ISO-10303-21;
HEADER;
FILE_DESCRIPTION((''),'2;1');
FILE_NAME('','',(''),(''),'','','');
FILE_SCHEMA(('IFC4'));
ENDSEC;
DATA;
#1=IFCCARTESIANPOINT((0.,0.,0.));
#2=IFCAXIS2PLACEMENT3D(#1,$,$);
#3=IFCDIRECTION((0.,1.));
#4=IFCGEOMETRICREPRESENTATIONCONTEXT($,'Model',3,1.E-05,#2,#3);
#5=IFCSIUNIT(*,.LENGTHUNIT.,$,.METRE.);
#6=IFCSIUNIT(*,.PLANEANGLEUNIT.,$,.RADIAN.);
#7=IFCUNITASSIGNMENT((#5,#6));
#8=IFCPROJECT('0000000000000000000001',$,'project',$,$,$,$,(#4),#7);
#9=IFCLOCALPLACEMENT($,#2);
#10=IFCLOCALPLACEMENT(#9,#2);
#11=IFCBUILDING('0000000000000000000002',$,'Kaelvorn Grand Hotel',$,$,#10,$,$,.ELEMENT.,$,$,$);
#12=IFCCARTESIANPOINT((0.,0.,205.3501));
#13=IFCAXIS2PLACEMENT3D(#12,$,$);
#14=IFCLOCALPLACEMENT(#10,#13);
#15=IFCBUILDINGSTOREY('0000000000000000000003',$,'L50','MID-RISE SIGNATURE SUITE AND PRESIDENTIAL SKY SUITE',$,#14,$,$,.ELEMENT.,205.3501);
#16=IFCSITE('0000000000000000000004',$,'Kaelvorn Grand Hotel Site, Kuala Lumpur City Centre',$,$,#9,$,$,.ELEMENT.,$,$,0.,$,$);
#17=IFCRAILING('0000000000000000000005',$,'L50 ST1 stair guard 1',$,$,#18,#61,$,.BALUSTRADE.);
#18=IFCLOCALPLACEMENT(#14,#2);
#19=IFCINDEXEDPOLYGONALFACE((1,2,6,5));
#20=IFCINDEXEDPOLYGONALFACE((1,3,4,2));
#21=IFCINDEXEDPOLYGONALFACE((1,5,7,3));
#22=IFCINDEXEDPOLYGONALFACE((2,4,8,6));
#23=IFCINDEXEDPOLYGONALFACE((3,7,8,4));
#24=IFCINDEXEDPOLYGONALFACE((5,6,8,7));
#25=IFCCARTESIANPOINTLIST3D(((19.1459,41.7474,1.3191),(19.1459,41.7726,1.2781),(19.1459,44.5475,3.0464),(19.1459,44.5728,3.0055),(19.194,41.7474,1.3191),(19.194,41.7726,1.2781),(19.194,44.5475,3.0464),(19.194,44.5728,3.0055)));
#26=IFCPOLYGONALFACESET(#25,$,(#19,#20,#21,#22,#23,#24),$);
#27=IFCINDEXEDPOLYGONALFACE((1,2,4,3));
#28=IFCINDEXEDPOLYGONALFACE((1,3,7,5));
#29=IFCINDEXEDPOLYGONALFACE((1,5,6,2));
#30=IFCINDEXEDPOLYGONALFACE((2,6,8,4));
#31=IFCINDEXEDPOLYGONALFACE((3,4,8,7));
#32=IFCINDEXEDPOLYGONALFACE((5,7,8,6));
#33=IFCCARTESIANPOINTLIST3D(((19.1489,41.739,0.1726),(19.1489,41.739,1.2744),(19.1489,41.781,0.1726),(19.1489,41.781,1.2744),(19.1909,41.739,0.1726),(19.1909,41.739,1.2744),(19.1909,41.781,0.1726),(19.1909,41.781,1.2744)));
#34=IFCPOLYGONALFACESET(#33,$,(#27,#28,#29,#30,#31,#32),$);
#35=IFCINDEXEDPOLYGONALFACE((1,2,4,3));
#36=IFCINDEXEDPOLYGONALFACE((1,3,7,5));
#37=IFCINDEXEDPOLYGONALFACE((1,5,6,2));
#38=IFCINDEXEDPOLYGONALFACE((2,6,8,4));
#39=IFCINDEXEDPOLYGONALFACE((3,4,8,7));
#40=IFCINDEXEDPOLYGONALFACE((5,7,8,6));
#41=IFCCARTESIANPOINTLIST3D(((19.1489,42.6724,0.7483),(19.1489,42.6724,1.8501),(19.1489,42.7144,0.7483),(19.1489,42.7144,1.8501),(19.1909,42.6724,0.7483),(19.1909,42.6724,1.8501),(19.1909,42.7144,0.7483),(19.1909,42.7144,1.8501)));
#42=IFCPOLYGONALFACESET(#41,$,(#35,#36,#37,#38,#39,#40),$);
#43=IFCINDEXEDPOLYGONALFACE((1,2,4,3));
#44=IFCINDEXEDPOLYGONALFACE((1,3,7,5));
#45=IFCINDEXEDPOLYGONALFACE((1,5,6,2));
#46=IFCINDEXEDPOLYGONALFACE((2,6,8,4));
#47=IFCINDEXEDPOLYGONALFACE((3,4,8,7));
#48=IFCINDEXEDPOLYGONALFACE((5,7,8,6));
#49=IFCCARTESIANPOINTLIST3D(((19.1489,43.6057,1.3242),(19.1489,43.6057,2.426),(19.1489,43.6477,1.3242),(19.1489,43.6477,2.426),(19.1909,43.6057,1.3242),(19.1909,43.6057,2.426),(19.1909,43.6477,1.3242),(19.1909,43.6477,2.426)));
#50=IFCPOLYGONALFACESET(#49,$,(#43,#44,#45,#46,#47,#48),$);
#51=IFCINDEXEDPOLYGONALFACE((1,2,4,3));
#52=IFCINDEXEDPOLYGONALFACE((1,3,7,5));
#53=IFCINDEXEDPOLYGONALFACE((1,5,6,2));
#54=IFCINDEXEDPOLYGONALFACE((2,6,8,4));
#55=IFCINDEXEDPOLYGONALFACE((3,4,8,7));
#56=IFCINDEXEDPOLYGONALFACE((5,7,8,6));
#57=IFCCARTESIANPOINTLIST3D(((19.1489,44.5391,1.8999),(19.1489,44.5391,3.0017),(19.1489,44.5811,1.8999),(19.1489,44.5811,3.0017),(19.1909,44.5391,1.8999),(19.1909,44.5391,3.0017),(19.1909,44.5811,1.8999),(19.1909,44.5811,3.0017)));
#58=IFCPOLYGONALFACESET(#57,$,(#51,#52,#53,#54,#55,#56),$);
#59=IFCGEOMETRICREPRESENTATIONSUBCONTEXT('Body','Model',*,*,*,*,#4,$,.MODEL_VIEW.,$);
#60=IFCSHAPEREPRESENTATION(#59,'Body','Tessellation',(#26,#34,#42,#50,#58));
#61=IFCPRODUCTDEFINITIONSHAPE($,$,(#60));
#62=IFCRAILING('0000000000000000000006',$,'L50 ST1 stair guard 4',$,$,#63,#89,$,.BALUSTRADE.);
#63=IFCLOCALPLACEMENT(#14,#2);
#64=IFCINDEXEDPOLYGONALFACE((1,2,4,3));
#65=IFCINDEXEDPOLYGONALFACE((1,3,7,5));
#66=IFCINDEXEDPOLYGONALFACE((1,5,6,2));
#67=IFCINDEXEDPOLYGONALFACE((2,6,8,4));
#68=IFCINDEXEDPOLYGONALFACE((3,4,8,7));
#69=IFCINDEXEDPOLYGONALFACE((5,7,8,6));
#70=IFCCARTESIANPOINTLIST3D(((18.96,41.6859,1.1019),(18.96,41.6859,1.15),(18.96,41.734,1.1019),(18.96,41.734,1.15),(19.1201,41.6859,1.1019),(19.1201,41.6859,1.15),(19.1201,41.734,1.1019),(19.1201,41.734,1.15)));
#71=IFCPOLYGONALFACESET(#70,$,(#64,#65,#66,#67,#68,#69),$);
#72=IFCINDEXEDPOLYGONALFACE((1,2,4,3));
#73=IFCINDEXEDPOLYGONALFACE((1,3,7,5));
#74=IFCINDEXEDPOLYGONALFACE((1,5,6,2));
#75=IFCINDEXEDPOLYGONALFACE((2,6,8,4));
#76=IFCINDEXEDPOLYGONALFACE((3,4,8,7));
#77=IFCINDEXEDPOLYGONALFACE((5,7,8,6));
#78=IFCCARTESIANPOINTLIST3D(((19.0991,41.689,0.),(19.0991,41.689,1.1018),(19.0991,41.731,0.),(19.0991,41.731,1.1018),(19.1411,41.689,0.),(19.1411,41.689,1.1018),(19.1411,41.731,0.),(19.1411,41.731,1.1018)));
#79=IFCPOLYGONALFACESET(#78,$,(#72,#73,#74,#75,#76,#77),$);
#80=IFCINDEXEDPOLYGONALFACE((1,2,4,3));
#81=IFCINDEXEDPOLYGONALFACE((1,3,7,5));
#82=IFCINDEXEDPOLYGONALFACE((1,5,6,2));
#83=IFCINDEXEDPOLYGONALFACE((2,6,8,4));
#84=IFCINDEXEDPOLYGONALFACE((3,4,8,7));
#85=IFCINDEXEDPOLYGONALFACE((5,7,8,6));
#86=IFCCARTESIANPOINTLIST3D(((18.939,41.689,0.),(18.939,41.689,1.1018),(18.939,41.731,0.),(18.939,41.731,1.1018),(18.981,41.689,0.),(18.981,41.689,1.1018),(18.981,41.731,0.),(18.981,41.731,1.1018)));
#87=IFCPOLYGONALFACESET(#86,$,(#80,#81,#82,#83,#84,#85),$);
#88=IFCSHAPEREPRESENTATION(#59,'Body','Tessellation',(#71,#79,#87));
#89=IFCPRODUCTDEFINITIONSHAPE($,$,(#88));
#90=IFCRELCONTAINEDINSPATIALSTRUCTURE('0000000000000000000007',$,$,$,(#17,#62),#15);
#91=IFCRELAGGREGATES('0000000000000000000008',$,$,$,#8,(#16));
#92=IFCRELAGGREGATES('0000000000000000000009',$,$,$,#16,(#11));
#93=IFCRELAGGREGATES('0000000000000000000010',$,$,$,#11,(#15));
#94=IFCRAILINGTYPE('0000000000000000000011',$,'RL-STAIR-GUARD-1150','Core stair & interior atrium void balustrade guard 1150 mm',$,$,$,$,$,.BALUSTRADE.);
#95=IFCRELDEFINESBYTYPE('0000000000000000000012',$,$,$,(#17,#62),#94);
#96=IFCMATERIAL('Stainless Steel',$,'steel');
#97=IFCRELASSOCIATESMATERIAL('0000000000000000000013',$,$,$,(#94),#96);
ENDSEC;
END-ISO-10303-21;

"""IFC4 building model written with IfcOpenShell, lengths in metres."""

from ifc_helpers import new_model, si_unit, direction, frame, origin, origin_2d, place, context, subcontext, project, spatial, rectangle, extrude, material, type_object, element, save


model = new_model("IFC4")

# Units and contexts
model_context = context("Model", 3, precision=1e-05, world=origin(), true_north=direction((0.0, 1.0)))
body_context = subcontext(model_context, "Body", "Model", "MODEL_VIEW")
ifc_project = project(units=[si_unit("LENGTHUNIT", "METRE"), si_unit("PLANEANGLEUNIT", "RADIAN")], contexts=[model_context])

# Site, building, storey
site_placement = place(None, origin())
site = spatial("IfcSite", under=ifc_project, at=site_placement, Name="Kaelvorn Grand Hotel Site, Kuala Lumpur City Centre", CompositionType="ELEMENT", RefElevation=0.0)
building_placement = place(site_placement, origin())
building = spatial("IfcBuilding", under=site, at=building_placement, Name="Kaelvorn Grand Hotel", CompositionType="ELEMENT")
storey_placement = place(building_placement, frame((0.0, 0.0, 205.3501)))
storey = spatial("IfcBuildingStorey", under=building, at=storey_placement, Name="L50", Description="MID-RISE SIGNATURE SUITE AND PRESIDENTIAL SKY SUITE", CompositionType="ELEMENT", Elevation=205.3501)

# Shared definitions
ifc_material_1 = material(Name="Stainless Steel", Category="steel")

# Railings
railing_type = type_object("IfcRailingType", Name="RL-STAIR-GUARD-1150", Description="Core stair & interior atrium void balustrade guard 1150 mm", PredefinedType="BALUSTRADE", material=ifc_material_1)
railing_1_placement = place(storey_placement, frame((19.1699, 41.76, 0.1726)))
element("IfcRailing", 1, at=railing_1_placement, inside=storey, type_object=railing_type, Name="L50 ST1 stair guard 1", PredefinedType="BALUSTRADE", context=body_context, shape_type="SweptSolid", body=[
    extrude(rectangle(XDim=0.0481, YDim=0.0481, at=origin_2d()), frame((0.0, 0.0, 1.126), z_axis=(0.0, 0.85109, 0.52502), x_axis=(-1.0, 0.0, 0.0)), (0.0, 0.0, 1.0), 3.29),
    extrude(rectangle(XDim=0.042, YDim=0.042, at=origin_2d()), origin(), (0.0, 0.0, 1.0), 1.1018),
    extrude(rectangle(XDim=0.042, YDim=0.042, at=origin_2d()), frame((0.0, 0.9333, 0.5757)), (0.0, 0.0, 1.0), 1.1018),
    extrude(rectangle(XDim=0.042, YDim=0.042, at=origin_2d()), frame((0.0, 1.8667, 1.1516)), (0.0, 0.0, 1.0), 1.1018),
    extrude(rectangle(XDim=0.042, YDim=0.042, at=origin_2d()), frame((0.0, 2.8, 1.7273)), (0.0, 0.0, 1.0), 1.1018),
])
railing_2_placement = place(storey_placement, frame((19.1201, 41.71, 0.0)))
element("IfcRailing", 2, at=railing_2_placement, inside=storey, type_object=railing_type, Name="L50 ST1 stair guard 4", PredefinedType="BALUSTRADE", context=body_context, shape_type="SweptSolid", body=[
    extrude(rectangle(XDim=0.0481, YDim=0.0481, at=origin_2d()), frame((0.0, 0.0, 1.126), z_axis=(-1.0, 0.0, 0.0), x_axis=(0.0, -1.0, 0.0)), (0.0, 0.0, 1.0), 0.1602),
    extrude(rectangle(XDim=0.042, YDim=0.042, at=origin_2d()), origin(), (0.0, 0.0, 1.0), 1.1018),
    extrude(rectangle(XDim=0.042, YDim=0.042, at=origin_2d()), frame((-0.1602, 0.0, 0.0)), (0.0, 0.0, 1.0), 1.1018),
])

save(model, "model.ifc")
